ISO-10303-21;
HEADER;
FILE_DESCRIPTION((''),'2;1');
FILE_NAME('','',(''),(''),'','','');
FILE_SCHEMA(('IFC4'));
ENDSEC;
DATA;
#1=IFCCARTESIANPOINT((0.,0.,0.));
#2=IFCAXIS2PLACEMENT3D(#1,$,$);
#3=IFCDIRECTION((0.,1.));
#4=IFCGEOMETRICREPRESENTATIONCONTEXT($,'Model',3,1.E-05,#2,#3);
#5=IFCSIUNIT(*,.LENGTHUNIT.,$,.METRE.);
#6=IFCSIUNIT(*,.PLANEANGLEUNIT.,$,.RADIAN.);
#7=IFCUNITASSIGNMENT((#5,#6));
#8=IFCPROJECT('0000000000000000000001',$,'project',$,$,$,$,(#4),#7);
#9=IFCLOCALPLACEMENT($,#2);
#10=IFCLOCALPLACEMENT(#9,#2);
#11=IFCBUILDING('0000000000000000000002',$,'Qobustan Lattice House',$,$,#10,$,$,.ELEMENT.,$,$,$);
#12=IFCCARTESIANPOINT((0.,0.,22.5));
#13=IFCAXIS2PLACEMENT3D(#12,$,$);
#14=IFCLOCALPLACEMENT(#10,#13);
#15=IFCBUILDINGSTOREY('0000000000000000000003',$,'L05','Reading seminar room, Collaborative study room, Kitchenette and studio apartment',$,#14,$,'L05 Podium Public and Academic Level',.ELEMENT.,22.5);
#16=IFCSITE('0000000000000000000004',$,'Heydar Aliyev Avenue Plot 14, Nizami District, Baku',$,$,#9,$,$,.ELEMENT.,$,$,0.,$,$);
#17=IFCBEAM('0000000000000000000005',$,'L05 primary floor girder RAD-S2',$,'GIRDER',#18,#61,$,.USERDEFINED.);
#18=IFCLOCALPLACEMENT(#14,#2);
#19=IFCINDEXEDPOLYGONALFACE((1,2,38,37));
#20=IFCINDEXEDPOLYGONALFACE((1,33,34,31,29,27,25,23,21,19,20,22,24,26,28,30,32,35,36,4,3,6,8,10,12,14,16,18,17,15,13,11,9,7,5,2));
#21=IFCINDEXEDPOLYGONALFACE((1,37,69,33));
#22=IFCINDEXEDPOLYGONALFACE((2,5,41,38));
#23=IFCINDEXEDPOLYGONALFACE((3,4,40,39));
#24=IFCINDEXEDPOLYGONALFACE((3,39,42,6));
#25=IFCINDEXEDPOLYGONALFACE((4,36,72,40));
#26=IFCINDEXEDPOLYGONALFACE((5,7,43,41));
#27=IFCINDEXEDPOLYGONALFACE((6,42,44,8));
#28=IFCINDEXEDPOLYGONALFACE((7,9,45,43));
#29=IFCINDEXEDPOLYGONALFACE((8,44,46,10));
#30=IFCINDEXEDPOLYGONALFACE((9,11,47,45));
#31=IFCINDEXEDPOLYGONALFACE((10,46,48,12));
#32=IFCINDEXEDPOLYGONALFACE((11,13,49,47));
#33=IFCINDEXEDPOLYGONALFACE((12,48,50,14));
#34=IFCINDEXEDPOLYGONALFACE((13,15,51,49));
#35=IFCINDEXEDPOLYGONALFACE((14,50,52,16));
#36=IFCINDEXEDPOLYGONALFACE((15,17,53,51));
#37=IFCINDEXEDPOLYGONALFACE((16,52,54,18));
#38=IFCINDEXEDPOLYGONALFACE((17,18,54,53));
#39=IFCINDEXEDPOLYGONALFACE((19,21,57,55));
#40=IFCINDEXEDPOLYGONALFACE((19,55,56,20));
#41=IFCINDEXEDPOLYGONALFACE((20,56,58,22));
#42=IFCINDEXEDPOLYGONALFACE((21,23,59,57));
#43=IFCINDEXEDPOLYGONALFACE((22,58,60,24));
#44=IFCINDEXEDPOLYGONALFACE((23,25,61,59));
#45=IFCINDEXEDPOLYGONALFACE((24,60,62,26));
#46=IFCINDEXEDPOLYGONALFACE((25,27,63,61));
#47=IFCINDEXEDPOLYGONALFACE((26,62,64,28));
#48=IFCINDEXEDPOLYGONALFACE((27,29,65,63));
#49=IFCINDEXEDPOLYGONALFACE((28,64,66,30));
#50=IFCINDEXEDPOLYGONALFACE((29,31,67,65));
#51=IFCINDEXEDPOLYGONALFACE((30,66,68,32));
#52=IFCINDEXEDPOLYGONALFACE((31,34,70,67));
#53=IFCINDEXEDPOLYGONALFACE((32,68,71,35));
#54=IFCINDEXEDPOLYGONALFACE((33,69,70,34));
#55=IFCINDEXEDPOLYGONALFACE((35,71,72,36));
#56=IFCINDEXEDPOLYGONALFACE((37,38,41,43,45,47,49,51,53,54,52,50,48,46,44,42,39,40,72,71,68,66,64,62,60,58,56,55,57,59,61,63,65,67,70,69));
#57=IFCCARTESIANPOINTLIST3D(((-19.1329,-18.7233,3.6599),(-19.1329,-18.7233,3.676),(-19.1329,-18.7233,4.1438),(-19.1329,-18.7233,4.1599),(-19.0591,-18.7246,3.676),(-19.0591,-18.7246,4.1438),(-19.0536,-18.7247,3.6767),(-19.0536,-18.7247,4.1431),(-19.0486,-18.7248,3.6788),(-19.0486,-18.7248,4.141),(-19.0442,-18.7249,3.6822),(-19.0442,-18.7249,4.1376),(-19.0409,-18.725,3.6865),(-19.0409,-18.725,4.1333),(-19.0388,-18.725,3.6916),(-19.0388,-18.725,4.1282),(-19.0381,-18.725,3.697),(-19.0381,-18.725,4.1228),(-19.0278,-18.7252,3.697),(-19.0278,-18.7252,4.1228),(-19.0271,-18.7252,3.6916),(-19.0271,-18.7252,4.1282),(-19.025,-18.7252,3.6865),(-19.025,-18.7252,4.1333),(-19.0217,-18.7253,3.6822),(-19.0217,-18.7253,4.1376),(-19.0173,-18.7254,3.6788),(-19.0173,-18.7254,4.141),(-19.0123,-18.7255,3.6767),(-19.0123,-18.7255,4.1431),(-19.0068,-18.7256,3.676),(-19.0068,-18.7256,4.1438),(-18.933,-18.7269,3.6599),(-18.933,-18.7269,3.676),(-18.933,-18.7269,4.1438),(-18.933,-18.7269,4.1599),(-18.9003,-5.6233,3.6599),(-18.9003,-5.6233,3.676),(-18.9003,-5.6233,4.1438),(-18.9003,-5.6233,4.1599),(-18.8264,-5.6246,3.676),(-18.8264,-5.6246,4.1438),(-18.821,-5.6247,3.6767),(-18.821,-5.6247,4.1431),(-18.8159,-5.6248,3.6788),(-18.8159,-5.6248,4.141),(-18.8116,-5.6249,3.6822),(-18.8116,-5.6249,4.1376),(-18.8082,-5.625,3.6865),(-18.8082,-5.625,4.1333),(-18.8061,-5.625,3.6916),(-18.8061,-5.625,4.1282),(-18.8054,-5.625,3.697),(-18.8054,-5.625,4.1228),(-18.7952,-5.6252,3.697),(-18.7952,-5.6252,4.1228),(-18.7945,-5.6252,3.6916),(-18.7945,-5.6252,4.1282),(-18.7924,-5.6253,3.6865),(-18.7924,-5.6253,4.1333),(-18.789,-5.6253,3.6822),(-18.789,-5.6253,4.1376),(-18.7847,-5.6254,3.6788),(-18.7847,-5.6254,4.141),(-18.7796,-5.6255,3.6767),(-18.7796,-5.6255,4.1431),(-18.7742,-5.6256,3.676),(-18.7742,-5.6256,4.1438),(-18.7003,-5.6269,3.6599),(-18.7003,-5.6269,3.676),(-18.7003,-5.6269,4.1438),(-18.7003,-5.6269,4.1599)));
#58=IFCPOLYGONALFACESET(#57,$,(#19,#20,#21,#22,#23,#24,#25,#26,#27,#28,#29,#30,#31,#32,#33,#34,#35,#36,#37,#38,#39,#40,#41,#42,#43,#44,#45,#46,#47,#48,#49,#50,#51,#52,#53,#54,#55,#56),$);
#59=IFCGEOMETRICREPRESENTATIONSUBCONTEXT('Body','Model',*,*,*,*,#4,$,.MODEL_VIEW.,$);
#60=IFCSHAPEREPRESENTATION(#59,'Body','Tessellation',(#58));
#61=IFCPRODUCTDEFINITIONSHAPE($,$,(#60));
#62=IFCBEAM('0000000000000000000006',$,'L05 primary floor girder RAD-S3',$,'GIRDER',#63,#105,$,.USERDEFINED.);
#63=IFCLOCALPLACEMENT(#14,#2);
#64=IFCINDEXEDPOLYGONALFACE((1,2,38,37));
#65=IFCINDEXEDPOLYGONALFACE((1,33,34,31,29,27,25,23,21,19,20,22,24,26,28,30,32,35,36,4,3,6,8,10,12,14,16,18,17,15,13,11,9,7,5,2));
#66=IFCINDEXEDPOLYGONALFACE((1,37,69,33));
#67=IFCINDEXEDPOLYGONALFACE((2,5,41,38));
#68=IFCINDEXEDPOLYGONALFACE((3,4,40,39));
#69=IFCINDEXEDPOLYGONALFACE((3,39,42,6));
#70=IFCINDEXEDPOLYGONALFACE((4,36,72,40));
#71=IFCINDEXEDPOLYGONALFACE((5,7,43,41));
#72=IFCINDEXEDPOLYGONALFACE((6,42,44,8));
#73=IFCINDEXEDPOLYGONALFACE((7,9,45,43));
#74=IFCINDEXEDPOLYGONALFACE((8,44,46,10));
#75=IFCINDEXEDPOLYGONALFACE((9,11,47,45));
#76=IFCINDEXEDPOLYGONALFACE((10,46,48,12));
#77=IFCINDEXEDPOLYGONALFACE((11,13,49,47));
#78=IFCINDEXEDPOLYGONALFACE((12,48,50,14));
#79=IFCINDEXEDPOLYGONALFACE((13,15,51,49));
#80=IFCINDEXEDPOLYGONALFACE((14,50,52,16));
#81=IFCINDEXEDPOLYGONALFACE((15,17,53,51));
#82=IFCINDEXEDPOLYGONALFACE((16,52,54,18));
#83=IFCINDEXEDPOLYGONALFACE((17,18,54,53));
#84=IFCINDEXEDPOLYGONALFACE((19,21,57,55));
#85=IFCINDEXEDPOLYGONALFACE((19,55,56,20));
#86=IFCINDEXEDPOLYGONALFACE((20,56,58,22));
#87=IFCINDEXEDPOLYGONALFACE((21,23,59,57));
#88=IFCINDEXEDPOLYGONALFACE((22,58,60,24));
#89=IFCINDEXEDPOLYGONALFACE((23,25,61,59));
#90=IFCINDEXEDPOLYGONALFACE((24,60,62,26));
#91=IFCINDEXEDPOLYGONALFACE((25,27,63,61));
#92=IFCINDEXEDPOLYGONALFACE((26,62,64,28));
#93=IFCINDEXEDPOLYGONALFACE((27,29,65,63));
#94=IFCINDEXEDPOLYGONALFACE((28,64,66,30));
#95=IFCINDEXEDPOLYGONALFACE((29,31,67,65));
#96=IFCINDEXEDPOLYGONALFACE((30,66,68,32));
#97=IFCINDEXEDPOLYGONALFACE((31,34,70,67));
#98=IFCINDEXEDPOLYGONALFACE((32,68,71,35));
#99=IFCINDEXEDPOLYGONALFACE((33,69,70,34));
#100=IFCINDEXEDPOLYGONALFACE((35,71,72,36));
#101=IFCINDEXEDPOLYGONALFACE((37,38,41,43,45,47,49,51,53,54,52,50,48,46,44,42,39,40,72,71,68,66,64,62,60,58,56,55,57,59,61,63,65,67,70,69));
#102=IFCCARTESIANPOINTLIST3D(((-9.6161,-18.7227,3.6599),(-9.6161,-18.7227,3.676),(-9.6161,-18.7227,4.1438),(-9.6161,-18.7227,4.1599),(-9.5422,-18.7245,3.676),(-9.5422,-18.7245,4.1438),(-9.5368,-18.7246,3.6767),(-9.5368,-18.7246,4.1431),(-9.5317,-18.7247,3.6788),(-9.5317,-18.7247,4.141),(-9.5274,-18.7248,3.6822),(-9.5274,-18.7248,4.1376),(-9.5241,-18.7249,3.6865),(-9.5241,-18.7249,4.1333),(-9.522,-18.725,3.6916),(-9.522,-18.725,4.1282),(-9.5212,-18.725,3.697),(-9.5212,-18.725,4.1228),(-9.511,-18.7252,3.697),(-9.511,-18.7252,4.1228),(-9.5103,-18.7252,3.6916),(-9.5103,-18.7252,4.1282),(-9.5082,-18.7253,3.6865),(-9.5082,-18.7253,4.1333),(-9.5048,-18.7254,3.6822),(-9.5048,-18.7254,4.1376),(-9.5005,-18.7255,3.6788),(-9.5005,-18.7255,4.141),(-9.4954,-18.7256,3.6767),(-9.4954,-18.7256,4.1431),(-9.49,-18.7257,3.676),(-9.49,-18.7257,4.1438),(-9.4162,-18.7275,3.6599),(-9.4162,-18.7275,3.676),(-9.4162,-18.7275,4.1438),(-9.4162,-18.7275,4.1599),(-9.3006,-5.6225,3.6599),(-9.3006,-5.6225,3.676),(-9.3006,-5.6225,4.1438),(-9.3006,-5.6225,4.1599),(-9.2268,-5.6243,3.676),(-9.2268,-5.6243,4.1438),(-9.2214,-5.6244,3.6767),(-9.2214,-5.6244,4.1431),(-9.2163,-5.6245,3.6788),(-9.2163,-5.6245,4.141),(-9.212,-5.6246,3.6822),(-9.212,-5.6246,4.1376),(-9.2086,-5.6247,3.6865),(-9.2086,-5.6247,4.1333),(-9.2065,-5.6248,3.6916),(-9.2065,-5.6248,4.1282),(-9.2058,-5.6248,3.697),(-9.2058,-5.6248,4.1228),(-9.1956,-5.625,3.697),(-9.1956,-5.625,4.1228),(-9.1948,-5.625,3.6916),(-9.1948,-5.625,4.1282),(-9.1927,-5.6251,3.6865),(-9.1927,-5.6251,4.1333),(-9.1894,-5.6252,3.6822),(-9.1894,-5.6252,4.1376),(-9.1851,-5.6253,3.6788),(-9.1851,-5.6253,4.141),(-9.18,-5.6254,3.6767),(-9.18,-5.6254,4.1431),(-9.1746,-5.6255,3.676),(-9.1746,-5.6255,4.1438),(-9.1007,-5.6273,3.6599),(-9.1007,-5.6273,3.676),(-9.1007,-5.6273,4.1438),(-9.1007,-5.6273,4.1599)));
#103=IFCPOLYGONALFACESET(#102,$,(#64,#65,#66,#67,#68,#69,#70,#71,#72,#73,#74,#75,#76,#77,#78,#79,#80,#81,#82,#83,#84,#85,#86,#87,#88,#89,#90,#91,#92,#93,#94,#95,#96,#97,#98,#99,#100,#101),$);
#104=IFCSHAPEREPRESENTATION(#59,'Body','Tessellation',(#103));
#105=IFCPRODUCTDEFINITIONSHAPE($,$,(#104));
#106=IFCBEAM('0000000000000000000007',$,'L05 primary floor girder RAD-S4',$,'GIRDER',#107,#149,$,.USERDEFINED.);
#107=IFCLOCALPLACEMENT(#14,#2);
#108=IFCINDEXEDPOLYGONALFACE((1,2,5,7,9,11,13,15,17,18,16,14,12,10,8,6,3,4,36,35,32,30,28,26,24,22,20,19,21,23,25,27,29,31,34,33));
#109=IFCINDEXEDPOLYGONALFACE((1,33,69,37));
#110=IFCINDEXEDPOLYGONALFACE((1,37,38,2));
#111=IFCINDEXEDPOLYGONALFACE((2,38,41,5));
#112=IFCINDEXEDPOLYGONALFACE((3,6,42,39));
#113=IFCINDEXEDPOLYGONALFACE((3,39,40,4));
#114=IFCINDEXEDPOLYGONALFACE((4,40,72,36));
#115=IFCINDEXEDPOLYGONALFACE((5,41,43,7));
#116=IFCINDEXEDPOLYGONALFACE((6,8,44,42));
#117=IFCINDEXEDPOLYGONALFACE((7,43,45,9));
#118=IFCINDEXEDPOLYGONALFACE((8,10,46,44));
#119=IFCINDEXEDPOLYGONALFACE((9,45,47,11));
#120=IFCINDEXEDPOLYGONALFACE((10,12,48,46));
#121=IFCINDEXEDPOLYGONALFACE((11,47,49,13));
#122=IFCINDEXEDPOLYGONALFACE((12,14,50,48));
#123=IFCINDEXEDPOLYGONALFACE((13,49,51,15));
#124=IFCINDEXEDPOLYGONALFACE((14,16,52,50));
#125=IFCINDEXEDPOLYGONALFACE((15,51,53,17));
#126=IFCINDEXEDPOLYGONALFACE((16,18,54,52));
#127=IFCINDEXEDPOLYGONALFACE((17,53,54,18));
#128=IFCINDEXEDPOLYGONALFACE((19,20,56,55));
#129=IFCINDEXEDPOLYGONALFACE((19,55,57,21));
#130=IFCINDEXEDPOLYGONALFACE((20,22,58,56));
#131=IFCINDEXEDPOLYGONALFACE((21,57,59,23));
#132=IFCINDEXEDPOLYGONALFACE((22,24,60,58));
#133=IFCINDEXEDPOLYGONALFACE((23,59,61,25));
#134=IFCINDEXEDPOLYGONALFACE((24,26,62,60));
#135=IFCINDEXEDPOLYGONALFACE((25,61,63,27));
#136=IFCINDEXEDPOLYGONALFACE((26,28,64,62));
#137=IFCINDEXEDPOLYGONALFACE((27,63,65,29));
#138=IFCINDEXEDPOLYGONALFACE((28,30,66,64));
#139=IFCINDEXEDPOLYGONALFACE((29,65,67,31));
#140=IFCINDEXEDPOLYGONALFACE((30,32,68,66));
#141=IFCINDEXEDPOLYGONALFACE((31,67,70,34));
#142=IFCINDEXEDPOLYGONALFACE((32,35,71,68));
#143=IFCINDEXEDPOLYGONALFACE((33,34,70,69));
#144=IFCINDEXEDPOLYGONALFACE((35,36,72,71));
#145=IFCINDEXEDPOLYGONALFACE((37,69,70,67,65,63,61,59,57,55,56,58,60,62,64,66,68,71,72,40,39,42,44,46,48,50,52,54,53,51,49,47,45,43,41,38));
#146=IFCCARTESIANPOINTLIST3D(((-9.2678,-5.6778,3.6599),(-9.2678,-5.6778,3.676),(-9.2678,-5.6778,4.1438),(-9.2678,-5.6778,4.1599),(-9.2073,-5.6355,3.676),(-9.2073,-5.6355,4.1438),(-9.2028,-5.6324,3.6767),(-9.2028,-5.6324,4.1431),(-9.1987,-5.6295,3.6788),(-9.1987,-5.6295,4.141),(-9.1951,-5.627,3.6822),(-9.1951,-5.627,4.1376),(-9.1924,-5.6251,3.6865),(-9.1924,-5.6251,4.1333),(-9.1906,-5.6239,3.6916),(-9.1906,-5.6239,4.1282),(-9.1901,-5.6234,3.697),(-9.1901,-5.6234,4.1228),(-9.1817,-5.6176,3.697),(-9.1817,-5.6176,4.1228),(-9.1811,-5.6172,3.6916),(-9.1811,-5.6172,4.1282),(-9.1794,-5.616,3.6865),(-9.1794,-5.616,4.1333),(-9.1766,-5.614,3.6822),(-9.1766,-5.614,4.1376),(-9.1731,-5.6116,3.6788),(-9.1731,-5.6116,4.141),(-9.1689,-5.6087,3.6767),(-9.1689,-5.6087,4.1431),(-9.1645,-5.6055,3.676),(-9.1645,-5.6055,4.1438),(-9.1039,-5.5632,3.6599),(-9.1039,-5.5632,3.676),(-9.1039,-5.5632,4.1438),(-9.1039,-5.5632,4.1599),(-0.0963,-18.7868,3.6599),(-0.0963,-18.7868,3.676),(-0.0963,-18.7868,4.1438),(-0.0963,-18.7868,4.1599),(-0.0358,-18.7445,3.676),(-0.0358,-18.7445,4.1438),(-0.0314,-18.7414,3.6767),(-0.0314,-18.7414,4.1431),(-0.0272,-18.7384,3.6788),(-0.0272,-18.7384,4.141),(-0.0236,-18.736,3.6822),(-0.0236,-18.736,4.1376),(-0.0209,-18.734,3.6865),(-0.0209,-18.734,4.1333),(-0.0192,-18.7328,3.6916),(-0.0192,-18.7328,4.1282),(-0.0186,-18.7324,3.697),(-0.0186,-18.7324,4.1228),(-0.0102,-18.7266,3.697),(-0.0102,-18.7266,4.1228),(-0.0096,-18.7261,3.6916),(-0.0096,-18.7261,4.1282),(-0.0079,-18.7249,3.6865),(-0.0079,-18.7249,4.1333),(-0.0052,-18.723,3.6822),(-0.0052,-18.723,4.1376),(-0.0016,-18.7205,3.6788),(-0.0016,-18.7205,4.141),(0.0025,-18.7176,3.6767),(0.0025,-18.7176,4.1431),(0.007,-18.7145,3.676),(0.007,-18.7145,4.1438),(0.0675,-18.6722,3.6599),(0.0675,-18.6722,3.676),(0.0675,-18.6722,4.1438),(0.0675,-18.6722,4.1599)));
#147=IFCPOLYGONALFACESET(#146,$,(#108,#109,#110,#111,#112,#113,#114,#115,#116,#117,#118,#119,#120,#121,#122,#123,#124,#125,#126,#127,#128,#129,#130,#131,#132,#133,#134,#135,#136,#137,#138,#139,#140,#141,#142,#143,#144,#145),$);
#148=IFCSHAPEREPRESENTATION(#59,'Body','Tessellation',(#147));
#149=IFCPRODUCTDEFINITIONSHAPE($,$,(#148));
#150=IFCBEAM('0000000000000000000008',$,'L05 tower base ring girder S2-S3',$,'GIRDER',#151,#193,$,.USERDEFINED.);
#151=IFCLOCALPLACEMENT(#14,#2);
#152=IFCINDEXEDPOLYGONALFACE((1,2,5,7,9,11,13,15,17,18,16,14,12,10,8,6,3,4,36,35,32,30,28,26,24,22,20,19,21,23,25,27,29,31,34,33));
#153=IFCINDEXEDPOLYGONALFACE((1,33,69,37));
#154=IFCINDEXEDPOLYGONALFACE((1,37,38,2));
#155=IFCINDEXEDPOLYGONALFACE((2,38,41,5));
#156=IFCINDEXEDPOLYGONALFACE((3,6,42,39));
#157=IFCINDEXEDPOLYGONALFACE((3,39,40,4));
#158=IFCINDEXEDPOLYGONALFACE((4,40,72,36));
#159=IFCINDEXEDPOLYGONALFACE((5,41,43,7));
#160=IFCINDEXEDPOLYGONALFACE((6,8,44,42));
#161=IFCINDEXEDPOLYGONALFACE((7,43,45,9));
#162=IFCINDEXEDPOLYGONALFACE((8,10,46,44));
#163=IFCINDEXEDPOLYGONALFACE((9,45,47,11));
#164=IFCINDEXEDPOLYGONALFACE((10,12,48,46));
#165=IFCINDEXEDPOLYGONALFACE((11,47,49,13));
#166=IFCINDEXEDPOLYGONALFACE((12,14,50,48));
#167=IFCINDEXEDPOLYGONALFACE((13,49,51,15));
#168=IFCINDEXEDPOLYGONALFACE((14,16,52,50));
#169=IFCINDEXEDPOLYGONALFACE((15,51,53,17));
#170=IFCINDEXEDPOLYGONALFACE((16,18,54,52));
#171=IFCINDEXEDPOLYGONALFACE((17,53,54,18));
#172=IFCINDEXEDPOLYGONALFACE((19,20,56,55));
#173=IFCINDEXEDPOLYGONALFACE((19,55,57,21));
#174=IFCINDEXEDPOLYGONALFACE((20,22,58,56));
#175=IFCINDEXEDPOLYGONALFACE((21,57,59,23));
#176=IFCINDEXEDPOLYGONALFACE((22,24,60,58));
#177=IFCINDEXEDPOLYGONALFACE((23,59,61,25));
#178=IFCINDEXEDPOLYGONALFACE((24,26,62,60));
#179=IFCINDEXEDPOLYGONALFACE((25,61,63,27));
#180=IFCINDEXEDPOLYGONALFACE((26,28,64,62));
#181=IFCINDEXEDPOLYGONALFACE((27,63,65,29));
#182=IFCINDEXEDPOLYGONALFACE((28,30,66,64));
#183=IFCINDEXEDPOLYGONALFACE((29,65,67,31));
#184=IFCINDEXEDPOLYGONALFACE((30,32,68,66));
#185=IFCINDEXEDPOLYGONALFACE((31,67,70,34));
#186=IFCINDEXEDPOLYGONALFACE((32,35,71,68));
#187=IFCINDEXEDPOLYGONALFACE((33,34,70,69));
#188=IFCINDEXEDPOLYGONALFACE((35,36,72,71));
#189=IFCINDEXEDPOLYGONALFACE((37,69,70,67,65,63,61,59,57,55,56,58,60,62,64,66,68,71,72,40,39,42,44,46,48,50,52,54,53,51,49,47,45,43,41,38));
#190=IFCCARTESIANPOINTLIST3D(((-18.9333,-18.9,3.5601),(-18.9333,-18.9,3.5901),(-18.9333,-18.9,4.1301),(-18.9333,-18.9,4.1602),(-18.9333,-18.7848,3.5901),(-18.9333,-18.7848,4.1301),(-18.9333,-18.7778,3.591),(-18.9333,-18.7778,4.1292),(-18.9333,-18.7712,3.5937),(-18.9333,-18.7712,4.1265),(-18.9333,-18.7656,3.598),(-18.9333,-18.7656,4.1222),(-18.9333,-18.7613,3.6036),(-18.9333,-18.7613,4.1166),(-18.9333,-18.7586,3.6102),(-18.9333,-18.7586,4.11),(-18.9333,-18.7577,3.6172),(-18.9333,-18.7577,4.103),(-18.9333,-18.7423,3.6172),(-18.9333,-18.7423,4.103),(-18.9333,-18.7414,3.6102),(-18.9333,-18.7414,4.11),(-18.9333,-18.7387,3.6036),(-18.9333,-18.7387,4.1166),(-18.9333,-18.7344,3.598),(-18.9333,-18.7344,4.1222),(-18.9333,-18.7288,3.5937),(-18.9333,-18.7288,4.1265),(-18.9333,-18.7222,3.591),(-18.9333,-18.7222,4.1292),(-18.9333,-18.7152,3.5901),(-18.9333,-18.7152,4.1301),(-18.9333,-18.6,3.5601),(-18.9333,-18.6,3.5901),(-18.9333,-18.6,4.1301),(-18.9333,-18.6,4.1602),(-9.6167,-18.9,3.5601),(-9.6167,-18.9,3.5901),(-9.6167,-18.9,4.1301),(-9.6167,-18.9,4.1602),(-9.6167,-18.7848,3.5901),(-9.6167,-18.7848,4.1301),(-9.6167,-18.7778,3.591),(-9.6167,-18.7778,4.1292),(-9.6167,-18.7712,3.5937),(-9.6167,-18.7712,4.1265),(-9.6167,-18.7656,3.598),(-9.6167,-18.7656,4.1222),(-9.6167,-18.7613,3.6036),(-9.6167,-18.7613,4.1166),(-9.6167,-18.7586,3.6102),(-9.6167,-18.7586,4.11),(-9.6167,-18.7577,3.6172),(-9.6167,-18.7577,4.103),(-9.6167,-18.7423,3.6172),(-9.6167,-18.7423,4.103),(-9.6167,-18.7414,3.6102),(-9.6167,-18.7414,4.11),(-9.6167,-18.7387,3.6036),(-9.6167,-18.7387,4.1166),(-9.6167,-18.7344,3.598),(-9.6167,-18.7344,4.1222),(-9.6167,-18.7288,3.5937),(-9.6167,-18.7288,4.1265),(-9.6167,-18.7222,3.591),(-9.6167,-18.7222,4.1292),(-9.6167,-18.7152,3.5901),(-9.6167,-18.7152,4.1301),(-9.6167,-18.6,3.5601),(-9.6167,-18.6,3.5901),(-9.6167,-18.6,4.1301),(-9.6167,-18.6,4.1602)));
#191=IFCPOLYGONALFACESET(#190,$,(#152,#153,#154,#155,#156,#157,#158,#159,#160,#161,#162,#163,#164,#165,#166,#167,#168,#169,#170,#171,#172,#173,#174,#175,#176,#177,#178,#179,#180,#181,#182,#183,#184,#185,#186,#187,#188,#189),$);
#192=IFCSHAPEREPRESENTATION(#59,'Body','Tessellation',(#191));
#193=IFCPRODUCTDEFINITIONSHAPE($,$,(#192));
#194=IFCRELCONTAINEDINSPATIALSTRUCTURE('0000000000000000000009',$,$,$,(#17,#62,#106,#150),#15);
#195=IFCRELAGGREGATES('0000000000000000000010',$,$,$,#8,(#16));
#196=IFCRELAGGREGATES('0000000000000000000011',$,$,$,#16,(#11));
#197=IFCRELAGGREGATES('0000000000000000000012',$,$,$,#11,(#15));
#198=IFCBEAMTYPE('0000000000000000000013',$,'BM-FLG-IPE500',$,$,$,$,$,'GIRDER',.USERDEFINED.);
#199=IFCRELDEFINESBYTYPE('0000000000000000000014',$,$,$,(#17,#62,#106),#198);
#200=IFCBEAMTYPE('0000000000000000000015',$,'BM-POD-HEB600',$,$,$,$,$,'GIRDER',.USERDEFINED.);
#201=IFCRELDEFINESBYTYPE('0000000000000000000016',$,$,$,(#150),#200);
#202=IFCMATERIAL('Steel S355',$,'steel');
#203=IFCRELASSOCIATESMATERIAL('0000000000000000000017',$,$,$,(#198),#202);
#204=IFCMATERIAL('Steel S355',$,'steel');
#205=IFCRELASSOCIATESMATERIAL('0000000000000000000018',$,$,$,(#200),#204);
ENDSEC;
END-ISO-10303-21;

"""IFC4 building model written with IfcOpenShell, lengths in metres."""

from ifc_helpers import new_model, si_unit, direction, frame, origin, origin_2d, place, context, subcontext, project, spatial, i_section, extrude, material, material_profile, profile_set, type_object, element, save


model = new_model("IFC4")

# Units and contexts
model_context = context("Model", 3, precision=1e-05, world=origin(), true_north=direction((0.0, 1.0)))
body_context = subcontext(model_context, "Body", "Model", "MODEL_VIEW")
ifc_project = project(units=[si_unit("LENGTHUNIT", "METRE"), si_unit("PLANEANGLEUNIT", "RADIAN")], contexts=[model_context])

# Site, building, storey
site_placement = place(None, origin())
site = spatial("IfcSite", under=ifc_project, at=site_placement, Name="Heydar Aliyev Avenue Plot 14, Nizami District, Baku", CompositionType="ELEMENT", RefElevation=0.0)
building_placement = place(site_placement, origin())
building = spatial("IfcBuilding", under=site, at=building_placement, Name="Qobustan Lattice House", CompositionType="ELEMENT")
storey_placement = place(building_placement, frame((0.0, 0.0, 22.5)))
storey = spatial("IfcBuildingStorey", under=building, at=storey_placement, Name="L05", Description="Reading seminar room, Collaborative study room, Kitchenette and studio apartment", LongName="L05 Podium Public and Academic Level", CompositionType="ELEMENT", Elevation=22.5)

# Beams
ifc_material_1 = material(Name="Steel S355", Category="steel")
ifc_material_profile_1 = material_profile(ifc_material_1, i_section(OverallWidth=0.2, OverallDepth=0.5, WebThickness=0.0103, FlangeThickness=0.0161, FilletRadius=0.021, at=origin_2d()), Name="IPE500")
ifc_profile_set_1 = profile_set([ifc_material_profile_1], Name="Steel S355")
beam_type_1 = type_object("IfcBeamType", Name="BM-FLG-IPE500", ElementType="GIRDER", PredefinedType="USERDEFINED", material=ifc_profile_set_1)
beam_1_placement = place(storey_placement, frame((-19.033, -18.7251, 3.9099), z_axis=(0.017758, 0.999842, 0.0), x_axis=(-0.999842, 0.017758, 0.0)))
element("IfcBeam", 1, at=beam_1_placement, inside=storey, type_object=beam_type_1, Name="L05 primary floor girder RAD-S2", ObjectType="GIRDER", PredefinedType="USERDEFINED", context=body_context, shape_type="SweptSolid", body=[
    extrude(i_section(OverallWidth=0.2, OverallDepth=0.5, WebThickness=0.0103, FlangeThickness=0.0161, FilletRadius=0.021, at=origin_2d()), origin(), (0.0, 0.0, 1.0), 13.1021),
])
beam_2_placement = place(storey_placement, frame((-9.5161, -18.7251, 3.9099), z_axis=(0.024071, 0.99971, 0.0), x_axis=(-0.99971, 0.024071, 0.0)))
element("IfcBeam", 2, at=beam_2_placement, inside=storey, type_object=beam_type_1, Name="L05 primary floor girder RAD-S3", ObjectType="GIRDER", PredefinedType="USERDEFINED", context=body_context, shape_type="SweptSolid", body=[
    extrude(i_section(OverallWidth=0.2, OverallDepth=0.5, WebThickness=0.0103, FlangeThickness=0.0161, FilletRadius=0.021, at=origin_2d()), origin(), (0.0, 0.0, 1.0), 13.104),
])
beam_3_placement = place(storey_placement, frame((-0.0144, -18.7295, 3.9099), z_axis=(-0.57326, 0.819374, 0.0), x_axis=(-0.819374, -0.57326, 0.0)))
element("IfcBeam", 3, at=beam_3_placement, inside=storey, type_object=beam_type_1, Name="L05 primary floor girder RAD-S4", ObjectType="GIRDER", PredefinedType="USERDEFINED", context=body_context, shape_type="SweptSolid", body=[
    extrude(i_section(OverallWidth=0.2, OverallDepth=0.5, WebThickness=0.0103, FlangeThickness=0.0161, FilletRadius=0.021, at=origin_2d()), origin(), (0.0, 0.0, 1.0), 15.9988),
])
ifc_material_2 = material(Name="Steel S355", Category="steel")
ifc_material_profile_2 = material_profile(ifc_material_2, i_section(OverallWidth=0.3, OverallDepth=0.6001, WebThickness=0.0154, FlangeThickness=0.03, FilletRadius=0.0271, at=origin_2d()), Name="HEB600")
ifc_profile_set_2 = profile_set([ifc_material_profile_2], Name="Steel S355")
beam_type_2 = type_object("IfcBeamType", Name="BM-POD-HEB600", ElementType="GIRDER", PredefinedType="USERDEFINED", material=ifc_profile_set_2)
for number, where, z_axis, x_axis, name in (
    (4, (-18.9333, -18.75, 3.8601), (1.0, 0.0, 0.0), (0.0, 1.0, 0.0), "L05 tower base ring girder S2-S3"),
):
    element("IfcBeam", number, at=place(storey_placement, frame(where, z_axis=z_axis, x_axis=x_axis)), inside=storey, type_object=beam_type_2, Name=name, ObjectType="GIRDER", PredefinedType="USERDEFINED", context=body_context, shape_type="SweptSolid", body=[
        extrude(i_section(OverallWidth=0.3, OverallDepth=0.6001, WebThickness=0.0154, FlangeThickness=0.03, FilletRadius=0.0271, at=origin_2d()), origin(), (0.0, 0.0, 1.0), 9.3167),
    ])

save(model, "model.ifc")
